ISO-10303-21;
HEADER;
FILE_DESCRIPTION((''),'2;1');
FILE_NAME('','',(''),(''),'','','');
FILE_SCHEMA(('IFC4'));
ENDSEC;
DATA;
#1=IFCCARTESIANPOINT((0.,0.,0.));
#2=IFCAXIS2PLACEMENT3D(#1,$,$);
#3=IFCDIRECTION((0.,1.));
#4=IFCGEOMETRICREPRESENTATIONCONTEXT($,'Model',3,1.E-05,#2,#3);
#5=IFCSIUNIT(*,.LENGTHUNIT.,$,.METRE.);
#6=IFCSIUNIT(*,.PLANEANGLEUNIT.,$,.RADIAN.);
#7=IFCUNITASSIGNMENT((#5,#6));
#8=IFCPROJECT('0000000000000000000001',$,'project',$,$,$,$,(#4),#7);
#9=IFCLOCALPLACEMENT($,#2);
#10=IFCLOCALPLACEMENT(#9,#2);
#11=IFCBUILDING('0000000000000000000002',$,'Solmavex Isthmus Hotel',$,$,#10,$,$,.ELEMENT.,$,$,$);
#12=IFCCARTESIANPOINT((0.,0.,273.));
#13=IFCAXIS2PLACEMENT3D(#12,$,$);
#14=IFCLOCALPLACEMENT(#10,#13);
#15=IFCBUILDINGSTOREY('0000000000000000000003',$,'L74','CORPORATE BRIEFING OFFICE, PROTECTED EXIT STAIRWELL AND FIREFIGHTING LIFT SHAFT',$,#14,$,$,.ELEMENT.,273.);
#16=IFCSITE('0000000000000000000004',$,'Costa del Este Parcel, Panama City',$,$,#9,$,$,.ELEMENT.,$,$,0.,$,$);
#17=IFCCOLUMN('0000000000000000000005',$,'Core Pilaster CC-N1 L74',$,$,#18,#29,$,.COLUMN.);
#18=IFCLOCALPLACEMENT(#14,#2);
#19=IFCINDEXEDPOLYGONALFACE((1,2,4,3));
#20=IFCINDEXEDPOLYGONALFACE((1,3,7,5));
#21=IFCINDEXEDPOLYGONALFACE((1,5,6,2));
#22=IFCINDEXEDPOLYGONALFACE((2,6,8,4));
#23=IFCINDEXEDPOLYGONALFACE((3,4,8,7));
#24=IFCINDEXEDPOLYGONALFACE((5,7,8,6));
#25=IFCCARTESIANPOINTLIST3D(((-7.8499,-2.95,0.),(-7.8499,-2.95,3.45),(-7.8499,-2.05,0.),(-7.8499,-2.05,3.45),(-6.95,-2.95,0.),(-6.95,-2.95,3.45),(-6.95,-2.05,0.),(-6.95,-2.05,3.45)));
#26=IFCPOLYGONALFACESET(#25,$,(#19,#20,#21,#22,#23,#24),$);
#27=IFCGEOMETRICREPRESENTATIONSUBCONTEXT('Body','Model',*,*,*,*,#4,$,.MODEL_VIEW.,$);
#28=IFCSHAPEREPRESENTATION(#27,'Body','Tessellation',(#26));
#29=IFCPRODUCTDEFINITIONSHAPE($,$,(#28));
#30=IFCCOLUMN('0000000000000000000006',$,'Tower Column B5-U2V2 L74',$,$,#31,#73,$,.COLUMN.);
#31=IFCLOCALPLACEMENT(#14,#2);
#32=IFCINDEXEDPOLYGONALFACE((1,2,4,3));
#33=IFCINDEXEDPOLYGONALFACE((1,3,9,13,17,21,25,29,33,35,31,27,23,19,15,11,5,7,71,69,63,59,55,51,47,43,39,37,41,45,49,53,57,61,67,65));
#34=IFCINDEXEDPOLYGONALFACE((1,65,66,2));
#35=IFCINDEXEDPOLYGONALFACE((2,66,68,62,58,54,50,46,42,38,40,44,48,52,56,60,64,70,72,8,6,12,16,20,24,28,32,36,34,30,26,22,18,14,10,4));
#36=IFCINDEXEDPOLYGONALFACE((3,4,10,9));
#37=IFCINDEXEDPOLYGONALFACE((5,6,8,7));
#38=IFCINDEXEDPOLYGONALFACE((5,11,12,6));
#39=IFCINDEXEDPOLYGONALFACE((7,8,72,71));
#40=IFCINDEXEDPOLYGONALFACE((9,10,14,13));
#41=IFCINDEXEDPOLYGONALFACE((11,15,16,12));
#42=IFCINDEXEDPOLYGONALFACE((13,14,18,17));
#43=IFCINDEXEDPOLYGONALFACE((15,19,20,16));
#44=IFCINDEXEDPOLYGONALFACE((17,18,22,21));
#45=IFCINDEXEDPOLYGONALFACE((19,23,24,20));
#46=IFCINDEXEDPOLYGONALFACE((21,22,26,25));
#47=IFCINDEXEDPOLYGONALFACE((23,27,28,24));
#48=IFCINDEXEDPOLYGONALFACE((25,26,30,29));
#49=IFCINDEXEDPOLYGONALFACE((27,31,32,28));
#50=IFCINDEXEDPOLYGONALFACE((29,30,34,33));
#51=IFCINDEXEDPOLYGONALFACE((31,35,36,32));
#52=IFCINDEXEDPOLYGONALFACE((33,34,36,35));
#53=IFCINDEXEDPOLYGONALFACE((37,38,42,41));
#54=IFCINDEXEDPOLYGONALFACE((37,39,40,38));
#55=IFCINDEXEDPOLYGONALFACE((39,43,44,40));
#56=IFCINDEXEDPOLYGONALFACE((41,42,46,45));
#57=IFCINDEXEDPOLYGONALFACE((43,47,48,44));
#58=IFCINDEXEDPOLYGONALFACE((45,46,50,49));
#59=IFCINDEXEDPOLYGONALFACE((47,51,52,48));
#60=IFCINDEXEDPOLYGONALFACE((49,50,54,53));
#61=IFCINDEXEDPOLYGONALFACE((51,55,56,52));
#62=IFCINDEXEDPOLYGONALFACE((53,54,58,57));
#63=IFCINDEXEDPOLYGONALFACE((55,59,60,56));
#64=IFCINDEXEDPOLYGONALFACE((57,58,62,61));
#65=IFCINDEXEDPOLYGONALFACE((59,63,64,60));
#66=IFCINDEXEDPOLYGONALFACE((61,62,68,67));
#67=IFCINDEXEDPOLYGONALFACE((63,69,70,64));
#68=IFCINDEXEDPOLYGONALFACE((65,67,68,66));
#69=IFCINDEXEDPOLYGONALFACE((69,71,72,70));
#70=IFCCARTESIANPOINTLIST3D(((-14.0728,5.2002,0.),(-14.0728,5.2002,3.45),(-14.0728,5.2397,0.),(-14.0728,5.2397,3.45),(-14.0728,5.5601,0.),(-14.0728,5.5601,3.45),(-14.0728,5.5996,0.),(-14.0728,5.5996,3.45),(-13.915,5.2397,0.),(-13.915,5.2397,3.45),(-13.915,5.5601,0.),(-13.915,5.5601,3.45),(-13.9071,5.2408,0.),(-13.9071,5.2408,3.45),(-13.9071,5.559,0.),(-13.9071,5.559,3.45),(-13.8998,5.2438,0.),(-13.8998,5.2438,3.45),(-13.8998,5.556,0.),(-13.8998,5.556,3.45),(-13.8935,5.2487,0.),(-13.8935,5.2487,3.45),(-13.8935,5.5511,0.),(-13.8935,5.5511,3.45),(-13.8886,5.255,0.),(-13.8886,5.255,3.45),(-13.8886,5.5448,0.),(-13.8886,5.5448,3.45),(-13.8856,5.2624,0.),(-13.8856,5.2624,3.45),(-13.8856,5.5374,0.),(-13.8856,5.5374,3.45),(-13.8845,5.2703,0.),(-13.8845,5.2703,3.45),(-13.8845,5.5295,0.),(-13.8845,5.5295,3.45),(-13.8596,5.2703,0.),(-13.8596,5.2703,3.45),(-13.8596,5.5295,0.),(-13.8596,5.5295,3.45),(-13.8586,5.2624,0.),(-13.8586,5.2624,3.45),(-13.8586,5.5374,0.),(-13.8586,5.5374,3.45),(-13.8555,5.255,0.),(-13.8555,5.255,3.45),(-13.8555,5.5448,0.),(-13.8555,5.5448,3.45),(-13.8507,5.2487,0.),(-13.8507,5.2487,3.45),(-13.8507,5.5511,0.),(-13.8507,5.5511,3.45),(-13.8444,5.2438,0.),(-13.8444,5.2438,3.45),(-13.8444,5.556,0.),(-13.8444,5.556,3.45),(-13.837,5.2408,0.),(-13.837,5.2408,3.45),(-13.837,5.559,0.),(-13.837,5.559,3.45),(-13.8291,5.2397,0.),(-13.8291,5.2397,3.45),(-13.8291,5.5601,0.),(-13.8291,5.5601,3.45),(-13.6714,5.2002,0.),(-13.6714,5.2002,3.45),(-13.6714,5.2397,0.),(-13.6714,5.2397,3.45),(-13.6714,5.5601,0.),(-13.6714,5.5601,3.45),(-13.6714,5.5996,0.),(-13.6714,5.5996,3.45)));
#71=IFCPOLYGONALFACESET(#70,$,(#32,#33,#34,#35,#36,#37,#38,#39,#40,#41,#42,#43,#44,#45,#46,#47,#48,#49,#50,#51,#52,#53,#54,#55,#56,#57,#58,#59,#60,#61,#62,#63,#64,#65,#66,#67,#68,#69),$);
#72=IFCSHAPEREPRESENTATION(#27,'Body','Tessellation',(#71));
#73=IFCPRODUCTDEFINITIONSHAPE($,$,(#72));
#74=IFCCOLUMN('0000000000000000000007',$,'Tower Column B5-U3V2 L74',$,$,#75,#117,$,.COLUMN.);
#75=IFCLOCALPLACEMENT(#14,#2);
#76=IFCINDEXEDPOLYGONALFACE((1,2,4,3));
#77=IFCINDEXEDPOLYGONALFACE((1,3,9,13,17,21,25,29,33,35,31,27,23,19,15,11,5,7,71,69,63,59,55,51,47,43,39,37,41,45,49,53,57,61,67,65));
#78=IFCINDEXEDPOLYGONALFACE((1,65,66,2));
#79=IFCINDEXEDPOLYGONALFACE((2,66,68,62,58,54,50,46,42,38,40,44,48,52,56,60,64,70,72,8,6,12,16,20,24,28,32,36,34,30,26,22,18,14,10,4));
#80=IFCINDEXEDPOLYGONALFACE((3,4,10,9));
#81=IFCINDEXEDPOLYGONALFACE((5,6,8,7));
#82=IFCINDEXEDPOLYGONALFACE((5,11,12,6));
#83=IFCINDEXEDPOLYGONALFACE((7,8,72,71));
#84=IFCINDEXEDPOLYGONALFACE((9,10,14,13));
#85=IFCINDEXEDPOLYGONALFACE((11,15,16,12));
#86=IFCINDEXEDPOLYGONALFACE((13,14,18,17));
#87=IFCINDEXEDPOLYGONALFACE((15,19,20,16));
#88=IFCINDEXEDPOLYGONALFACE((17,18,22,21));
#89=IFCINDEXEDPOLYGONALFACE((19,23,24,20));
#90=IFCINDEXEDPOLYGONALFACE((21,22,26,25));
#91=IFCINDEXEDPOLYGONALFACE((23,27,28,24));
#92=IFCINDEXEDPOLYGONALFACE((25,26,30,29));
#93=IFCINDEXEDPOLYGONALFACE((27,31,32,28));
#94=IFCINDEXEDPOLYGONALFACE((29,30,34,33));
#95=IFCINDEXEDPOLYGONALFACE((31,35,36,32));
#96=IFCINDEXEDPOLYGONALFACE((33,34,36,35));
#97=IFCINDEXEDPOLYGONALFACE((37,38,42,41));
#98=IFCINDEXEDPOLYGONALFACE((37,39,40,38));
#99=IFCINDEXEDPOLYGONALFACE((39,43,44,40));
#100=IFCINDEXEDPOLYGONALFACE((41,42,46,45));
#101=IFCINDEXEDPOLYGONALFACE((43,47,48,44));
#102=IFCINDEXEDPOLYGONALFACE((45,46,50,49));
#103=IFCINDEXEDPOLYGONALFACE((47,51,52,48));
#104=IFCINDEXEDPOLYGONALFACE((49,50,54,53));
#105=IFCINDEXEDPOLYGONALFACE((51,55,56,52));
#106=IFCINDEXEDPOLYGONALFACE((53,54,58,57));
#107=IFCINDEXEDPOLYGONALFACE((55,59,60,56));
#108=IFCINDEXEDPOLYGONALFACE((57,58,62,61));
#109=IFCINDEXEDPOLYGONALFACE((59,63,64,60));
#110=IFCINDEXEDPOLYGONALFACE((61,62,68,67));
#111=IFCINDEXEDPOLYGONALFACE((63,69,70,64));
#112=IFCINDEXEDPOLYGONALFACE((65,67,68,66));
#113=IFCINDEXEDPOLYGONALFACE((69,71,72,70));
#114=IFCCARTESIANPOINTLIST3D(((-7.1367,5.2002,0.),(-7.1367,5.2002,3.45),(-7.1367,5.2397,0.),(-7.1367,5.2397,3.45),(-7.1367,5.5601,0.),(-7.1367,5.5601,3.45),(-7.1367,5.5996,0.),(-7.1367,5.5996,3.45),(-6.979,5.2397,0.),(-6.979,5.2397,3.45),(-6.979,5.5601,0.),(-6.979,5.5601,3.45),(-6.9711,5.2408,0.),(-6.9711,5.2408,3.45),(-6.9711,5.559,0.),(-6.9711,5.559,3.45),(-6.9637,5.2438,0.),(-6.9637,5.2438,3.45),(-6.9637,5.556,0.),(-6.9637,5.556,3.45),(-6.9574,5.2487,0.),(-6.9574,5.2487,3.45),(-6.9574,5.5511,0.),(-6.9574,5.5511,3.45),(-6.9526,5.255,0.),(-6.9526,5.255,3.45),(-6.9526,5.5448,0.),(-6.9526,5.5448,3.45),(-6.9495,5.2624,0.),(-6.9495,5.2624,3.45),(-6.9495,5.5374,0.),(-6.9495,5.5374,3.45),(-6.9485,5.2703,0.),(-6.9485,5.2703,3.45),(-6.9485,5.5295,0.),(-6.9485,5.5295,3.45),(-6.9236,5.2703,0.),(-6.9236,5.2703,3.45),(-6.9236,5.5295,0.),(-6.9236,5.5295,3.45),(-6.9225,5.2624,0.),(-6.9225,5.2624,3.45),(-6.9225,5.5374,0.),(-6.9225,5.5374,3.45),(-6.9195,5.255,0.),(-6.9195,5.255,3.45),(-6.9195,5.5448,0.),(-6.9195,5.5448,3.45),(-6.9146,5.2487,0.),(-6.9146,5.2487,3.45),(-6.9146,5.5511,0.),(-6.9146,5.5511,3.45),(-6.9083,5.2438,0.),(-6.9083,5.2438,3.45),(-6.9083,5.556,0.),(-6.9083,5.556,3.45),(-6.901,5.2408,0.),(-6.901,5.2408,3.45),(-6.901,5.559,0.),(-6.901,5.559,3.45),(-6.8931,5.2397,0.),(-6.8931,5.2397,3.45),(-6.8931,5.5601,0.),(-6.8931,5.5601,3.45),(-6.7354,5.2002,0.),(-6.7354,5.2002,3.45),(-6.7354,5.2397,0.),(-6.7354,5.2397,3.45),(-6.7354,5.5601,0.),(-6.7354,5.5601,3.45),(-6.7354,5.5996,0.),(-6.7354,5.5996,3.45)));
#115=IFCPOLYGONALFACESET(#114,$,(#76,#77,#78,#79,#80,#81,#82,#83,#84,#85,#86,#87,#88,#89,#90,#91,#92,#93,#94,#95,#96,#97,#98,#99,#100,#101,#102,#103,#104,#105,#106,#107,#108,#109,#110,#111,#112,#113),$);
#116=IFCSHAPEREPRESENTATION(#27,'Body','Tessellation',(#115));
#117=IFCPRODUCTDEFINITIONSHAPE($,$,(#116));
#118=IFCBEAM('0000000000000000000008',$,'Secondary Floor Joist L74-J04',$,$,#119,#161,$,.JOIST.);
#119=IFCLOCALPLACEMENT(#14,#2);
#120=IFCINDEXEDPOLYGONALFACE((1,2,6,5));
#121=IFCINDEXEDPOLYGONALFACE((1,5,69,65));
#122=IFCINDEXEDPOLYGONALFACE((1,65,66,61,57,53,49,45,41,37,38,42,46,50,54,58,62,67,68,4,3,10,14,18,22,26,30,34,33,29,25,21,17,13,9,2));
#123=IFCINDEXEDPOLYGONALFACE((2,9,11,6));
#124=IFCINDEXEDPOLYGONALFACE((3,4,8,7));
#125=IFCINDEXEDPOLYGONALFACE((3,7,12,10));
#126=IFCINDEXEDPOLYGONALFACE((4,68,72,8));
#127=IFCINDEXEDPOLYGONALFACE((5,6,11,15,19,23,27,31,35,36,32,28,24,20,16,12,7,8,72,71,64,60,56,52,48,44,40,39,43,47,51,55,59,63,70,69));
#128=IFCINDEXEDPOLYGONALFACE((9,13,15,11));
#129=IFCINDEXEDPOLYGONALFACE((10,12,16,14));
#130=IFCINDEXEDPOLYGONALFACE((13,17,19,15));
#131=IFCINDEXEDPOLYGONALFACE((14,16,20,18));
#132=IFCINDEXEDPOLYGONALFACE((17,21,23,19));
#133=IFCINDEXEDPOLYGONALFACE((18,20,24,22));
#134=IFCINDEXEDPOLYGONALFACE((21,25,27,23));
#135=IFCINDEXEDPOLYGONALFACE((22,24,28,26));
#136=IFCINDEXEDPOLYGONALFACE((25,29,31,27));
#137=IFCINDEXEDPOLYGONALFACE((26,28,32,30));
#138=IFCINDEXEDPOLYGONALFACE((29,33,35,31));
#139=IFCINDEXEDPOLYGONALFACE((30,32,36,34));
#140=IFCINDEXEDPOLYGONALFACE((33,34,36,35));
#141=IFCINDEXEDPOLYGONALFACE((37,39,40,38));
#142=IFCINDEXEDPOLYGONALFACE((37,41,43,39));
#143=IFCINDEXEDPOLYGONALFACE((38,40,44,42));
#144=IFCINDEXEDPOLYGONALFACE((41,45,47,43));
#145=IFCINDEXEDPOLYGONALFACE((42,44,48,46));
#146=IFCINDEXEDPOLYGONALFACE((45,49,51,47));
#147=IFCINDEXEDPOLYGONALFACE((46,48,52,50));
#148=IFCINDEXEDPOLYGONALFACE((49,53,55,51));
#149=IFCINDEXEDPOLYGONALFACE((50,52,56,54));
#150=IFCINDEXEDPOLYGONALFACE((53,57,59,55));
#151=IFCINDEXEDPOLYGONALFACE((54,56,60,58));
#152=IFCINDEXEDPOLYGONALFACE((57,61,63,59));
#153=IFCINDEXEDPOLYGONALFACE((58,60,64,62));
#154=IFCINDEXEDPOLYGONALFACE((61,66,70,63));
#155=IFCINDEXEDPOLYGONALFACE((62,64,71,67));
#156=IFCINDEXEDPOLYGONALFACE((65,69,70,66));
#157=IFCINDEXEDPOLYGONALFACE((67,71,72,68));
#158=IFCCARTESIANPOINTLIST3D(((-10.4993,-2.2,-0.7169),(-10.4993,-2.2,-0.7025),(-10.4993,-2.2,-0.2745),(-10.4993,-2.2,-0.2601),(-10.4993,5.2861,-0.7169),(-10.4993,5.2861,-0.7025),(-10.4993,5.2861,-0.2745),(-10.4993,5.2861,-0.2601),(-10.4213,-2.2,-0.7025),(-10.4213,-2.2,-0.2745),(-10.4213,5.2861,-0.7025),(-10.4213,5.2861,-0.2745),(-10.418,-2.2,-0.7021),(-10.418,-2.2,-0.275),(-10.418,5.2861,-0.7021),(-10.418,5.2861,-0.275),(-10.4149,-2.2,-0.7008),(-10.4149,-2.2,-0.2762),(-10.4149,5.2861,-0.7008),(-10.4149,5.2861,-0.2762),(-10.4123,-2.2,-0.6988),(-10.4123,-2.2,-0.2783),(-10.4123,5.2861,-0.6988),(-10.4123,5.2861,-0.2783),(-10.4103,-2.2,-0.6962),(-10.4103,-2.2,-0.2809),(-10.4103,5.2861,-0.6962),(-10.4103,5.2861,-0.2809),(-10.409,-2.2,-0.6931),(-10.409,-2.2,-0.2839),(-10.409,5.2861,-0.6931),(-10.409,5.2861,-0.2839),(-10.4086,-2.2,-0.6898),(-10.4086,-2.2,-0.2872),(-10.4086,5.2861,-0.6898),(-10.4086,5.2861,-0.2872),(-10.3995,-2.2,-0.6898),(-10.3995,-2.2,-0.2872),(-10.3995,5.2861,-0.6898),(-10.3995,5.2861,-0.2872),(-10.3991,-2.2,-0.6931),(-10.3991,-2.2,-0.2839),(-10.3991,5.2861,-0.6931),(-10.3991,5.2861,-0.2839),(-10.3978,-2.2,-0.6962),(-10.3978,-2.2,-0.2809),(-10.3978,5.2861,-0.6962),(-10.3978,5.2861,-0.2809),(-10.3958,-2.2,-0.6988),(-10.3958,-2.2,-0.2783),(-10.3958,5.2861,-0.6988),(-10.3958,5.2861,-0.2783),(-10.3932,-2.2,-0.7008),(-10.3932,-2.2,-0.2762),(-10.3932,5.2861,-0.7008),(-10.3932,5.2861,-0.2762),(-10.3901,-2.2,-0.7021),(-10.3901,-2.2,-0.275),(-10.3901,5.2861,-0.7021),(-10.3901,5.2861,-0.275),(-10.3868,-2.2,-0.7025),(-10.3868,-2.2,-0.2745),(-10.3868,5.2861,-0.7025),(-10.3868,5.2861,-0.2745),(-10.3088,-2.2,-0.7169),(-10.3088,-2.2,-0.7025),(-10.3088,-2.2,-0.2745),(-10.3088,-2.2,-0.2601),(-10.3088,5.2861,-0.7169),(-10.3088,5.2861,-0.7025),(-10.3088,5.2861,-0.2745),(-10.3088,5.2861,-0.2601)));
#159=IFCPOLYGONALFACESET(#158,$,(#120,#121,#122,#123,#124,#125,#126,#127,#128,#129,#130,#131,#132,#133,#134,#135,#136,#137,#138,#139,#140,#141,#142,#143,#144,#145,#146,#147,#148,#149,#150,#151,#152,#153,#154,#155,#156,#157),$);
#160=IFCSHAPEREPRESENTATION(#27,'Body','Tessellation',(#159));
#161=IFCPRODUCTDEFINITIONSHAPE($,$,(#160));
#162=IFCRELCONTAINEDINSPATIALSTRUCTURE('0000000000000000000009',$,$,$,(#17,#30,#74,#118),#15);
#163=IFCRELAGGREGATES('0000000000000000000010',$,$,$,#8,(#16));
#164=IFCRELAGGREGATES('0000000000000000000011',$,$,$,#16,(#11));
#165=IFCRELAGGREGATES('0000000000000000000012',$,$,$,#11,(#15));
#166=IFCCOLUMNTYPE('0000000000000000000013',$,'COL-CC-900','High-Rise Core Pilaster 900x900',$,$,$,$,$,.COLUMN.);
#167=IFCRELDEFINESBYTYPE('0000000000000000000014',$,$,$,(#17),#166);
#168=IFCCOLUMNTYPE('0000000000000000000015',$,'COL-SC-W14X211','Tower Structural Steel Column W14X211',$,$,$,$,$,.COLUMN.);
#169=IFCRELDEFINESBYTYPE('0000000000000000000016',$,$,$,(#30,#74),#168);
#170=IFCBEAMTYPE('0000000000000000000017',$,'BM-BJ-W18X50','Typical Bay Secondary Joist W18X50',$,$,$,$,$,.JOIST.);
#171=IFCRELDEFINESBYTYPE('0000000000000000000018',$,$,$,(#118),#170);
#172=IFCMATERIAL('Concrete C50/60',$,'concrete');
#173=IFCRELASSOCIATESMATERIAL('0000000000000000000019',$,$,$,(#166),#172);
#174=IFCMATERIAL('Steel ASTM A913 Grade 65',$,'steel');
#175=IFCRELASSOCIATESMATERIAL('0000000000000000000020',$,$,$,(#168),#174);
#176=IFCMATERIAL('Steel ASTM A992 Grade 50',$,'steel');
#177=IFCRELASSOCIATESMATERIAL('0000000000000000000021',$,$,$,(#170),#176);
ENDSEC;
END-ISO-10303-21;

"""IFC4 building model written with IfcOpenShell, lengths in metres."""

from ifc_helpers import new_model, si_unit, direction, frame, origin, origin_2d, place, context, subcontext, project, spatial, rectangle, i_section, extrude, material, material_profile, profile_set, type_object, element, save


model = new_model("IFC4")

# Units and contexts
model_context = context("Model", 3, precision=1e-05, world=origin(), true_north=direction((0.0, 1.0)))
body_context = subcontext(model_context, "Body", "Model", "MODEL_VIEW")
ifc_project = project(units=[si_unit("LENGTHUNIT", "METRE"), si_unit("PLANEANGLEUNIT", "RADIAN")], contexts=[model_context])

# Site, building, storey
site_placement = place(None, origin())
site = spatial("IfcSite", under=ifc_project, at=site_placement, Name="Costa del Este Parcel, Panama City", CompositionType="ELEMENT", RefElevation=0.0)
building_placement = place(site_placement, origin())
building = spatial("IfcBuilding", under=site, at=building_placement, Name="Solmavex Isthmus Hotel", CompositionType="ELEMENT")
storey_placement = place(building_placement, frame((0.0, 0.0, 273.0)))
storey = spatial("IfcBuildingStorey", under=building, at=storey_placement, Name="L74", Description="CORPORATE BRIEFING OFFICE, PROTECTED EXIT STAIRWELL AND FIREFIGHTING LIFT SHAFT", CompositionType="ELEMENT", Elevation=273.0)

# Columns
ifc_material_1 = material(Name="Concrete C50/60", Category="concrete")
ifc_material_profile_1 = material_profile(ifc_material_1, rectangle(XDim=0.8999, YDim=0.8999, at=origin_2d()), Name="RC900X900")
ifc_profile_set_1 = profile_set([ifc_material_profile_1], Name="Concrete C50/60")
column_type_1 = type_object("IfcColumnType", Name="COL-CC-900", Description="High-Rise Core Pilaster 900x900", PredefinedType="COLUMN", material=ifc_profile_set_1)
column_placement = place(storey_placement, frame((-7.3999, -2.5, 0.0), z_axis=(0.0, 0.0, 1.0), x_axis=(1.0, 0.0, 0.0)))
element("IfcColumn", 1, at=column_placement, inside=storey, type_object=column_type_1, Name="Core Pilaster CC-N1 L74", PredefinedType="COLUMN", context=body_context, shape_type="SweptSolid", body=[
    extrude(rectangle(XDim=0.8999, YDim=0.8999, at=origin_2d()), origin(), (0.0, 0.0, 1.0), 3.45),
])
ifc_material_2 = material(Name="Steel ASTM A913 Grade 65", Category="steel")
ifc_material_profile_2 = material_profile(ifc_material_2, i_section(OverallWidth=0.4014, OverallDepth=0.3994, WebThickness=0.0249, FlangeThickness=0.0396, FilletRadius=0.0305, at=origin_2d()), Name="W14X211")
ifc_profile_set_2 = profile_set([ifc_material_profile_2], Name="Steel ASTM A913 Grade 65")
column_type_2 = type_object("IfcColumnType", Name="COL-SC-W14X211", Description="Tower Structural Steel Column W14X211", PredefinedType="COLUMN", material=ifc_profile_set_2)
for number, where, z_axis, x_axis, name in (
    (2, (-13.8721, 5.3999, 0.0), (0.0, 0.0, 1.0), (1.0, 0.0, 0.0), "Tower Column B5-U2V2 L74"),
    (3, (-6.936, 5.3999, 0.0), (0.0, 0.0, 1.0), (1.0, 0.0, 0.0), "Tower Column B5-U3V2 L74"),
):
    element("IfcColumn", number, at=place(storey_placement, frame(where, z_axis=z_axis, x_axis=x_axis)), inside=storey, type_object=column_type_2, Name=name, PredefinedType="COLUMN", context=body_context, shape_type="SweptSolid", body=[
        extrude(i_section(OverallWidth=0.4014, OverallDepth=0.3994, WebThickness=0.0249, FlangeThickness=0.0396, FilletRadius=0.0305, at=origin_2d()), origin(), (0.0, 0.0, 1.0), 3.45),
    ])

# Beam
ifc_material_3 = material(Name="Steel ASTM A992 Grade 50", Category="steel")
ifc_material_profile_3 = material_profile(ifc_material_3, i_section(OverallWidth=0.1904, OverallDepth=0.4568, WebThickness=0.009, FlangeThickness=0.0144, FilletRadius=0.0127, at=origin_2d()), Name="W18X50")
ifc_profile_set_3 = profile_set([ifc_material_profile_3], Name="Steel ASTM A992 Grade 50")
beam_type_1 = type_object("IfcBeamType", Name="BM-BJ-W18X50", Description="Typical Bay Secondary Joist W18X50", PredefinedType="JOIST", material=ifc_profile_set_3)
for number, where, z_axis, x_axis, name in (
    (4, (-10.4041, -2.2, -0.4885), (0.0, 1.0, 0.0), (-1.0, 0.0, 0.0), "Secondary Floor Joist L74-J04"),
):
    element("IfcBeam", number, at=place(storey_placement, frame(where, z_axis=z_axis, x_axis=x_axis)), inside=storey, type_object=beam_type_1, Name=name, PredefinedType="JOIST", context=body_context, shape_type="SweptSolid", body=[
        extrude(i_section(OverallWidth=0.1904, OverallDepth=0.4568, WebThickness=0.009, FlangeThickness=0.0144, FilletRadius=0.0127, at=origin_2d()), origin(), (0.0, 0.0, 1.0), 7.4861),
    ])

save(model, "model.ifc")
